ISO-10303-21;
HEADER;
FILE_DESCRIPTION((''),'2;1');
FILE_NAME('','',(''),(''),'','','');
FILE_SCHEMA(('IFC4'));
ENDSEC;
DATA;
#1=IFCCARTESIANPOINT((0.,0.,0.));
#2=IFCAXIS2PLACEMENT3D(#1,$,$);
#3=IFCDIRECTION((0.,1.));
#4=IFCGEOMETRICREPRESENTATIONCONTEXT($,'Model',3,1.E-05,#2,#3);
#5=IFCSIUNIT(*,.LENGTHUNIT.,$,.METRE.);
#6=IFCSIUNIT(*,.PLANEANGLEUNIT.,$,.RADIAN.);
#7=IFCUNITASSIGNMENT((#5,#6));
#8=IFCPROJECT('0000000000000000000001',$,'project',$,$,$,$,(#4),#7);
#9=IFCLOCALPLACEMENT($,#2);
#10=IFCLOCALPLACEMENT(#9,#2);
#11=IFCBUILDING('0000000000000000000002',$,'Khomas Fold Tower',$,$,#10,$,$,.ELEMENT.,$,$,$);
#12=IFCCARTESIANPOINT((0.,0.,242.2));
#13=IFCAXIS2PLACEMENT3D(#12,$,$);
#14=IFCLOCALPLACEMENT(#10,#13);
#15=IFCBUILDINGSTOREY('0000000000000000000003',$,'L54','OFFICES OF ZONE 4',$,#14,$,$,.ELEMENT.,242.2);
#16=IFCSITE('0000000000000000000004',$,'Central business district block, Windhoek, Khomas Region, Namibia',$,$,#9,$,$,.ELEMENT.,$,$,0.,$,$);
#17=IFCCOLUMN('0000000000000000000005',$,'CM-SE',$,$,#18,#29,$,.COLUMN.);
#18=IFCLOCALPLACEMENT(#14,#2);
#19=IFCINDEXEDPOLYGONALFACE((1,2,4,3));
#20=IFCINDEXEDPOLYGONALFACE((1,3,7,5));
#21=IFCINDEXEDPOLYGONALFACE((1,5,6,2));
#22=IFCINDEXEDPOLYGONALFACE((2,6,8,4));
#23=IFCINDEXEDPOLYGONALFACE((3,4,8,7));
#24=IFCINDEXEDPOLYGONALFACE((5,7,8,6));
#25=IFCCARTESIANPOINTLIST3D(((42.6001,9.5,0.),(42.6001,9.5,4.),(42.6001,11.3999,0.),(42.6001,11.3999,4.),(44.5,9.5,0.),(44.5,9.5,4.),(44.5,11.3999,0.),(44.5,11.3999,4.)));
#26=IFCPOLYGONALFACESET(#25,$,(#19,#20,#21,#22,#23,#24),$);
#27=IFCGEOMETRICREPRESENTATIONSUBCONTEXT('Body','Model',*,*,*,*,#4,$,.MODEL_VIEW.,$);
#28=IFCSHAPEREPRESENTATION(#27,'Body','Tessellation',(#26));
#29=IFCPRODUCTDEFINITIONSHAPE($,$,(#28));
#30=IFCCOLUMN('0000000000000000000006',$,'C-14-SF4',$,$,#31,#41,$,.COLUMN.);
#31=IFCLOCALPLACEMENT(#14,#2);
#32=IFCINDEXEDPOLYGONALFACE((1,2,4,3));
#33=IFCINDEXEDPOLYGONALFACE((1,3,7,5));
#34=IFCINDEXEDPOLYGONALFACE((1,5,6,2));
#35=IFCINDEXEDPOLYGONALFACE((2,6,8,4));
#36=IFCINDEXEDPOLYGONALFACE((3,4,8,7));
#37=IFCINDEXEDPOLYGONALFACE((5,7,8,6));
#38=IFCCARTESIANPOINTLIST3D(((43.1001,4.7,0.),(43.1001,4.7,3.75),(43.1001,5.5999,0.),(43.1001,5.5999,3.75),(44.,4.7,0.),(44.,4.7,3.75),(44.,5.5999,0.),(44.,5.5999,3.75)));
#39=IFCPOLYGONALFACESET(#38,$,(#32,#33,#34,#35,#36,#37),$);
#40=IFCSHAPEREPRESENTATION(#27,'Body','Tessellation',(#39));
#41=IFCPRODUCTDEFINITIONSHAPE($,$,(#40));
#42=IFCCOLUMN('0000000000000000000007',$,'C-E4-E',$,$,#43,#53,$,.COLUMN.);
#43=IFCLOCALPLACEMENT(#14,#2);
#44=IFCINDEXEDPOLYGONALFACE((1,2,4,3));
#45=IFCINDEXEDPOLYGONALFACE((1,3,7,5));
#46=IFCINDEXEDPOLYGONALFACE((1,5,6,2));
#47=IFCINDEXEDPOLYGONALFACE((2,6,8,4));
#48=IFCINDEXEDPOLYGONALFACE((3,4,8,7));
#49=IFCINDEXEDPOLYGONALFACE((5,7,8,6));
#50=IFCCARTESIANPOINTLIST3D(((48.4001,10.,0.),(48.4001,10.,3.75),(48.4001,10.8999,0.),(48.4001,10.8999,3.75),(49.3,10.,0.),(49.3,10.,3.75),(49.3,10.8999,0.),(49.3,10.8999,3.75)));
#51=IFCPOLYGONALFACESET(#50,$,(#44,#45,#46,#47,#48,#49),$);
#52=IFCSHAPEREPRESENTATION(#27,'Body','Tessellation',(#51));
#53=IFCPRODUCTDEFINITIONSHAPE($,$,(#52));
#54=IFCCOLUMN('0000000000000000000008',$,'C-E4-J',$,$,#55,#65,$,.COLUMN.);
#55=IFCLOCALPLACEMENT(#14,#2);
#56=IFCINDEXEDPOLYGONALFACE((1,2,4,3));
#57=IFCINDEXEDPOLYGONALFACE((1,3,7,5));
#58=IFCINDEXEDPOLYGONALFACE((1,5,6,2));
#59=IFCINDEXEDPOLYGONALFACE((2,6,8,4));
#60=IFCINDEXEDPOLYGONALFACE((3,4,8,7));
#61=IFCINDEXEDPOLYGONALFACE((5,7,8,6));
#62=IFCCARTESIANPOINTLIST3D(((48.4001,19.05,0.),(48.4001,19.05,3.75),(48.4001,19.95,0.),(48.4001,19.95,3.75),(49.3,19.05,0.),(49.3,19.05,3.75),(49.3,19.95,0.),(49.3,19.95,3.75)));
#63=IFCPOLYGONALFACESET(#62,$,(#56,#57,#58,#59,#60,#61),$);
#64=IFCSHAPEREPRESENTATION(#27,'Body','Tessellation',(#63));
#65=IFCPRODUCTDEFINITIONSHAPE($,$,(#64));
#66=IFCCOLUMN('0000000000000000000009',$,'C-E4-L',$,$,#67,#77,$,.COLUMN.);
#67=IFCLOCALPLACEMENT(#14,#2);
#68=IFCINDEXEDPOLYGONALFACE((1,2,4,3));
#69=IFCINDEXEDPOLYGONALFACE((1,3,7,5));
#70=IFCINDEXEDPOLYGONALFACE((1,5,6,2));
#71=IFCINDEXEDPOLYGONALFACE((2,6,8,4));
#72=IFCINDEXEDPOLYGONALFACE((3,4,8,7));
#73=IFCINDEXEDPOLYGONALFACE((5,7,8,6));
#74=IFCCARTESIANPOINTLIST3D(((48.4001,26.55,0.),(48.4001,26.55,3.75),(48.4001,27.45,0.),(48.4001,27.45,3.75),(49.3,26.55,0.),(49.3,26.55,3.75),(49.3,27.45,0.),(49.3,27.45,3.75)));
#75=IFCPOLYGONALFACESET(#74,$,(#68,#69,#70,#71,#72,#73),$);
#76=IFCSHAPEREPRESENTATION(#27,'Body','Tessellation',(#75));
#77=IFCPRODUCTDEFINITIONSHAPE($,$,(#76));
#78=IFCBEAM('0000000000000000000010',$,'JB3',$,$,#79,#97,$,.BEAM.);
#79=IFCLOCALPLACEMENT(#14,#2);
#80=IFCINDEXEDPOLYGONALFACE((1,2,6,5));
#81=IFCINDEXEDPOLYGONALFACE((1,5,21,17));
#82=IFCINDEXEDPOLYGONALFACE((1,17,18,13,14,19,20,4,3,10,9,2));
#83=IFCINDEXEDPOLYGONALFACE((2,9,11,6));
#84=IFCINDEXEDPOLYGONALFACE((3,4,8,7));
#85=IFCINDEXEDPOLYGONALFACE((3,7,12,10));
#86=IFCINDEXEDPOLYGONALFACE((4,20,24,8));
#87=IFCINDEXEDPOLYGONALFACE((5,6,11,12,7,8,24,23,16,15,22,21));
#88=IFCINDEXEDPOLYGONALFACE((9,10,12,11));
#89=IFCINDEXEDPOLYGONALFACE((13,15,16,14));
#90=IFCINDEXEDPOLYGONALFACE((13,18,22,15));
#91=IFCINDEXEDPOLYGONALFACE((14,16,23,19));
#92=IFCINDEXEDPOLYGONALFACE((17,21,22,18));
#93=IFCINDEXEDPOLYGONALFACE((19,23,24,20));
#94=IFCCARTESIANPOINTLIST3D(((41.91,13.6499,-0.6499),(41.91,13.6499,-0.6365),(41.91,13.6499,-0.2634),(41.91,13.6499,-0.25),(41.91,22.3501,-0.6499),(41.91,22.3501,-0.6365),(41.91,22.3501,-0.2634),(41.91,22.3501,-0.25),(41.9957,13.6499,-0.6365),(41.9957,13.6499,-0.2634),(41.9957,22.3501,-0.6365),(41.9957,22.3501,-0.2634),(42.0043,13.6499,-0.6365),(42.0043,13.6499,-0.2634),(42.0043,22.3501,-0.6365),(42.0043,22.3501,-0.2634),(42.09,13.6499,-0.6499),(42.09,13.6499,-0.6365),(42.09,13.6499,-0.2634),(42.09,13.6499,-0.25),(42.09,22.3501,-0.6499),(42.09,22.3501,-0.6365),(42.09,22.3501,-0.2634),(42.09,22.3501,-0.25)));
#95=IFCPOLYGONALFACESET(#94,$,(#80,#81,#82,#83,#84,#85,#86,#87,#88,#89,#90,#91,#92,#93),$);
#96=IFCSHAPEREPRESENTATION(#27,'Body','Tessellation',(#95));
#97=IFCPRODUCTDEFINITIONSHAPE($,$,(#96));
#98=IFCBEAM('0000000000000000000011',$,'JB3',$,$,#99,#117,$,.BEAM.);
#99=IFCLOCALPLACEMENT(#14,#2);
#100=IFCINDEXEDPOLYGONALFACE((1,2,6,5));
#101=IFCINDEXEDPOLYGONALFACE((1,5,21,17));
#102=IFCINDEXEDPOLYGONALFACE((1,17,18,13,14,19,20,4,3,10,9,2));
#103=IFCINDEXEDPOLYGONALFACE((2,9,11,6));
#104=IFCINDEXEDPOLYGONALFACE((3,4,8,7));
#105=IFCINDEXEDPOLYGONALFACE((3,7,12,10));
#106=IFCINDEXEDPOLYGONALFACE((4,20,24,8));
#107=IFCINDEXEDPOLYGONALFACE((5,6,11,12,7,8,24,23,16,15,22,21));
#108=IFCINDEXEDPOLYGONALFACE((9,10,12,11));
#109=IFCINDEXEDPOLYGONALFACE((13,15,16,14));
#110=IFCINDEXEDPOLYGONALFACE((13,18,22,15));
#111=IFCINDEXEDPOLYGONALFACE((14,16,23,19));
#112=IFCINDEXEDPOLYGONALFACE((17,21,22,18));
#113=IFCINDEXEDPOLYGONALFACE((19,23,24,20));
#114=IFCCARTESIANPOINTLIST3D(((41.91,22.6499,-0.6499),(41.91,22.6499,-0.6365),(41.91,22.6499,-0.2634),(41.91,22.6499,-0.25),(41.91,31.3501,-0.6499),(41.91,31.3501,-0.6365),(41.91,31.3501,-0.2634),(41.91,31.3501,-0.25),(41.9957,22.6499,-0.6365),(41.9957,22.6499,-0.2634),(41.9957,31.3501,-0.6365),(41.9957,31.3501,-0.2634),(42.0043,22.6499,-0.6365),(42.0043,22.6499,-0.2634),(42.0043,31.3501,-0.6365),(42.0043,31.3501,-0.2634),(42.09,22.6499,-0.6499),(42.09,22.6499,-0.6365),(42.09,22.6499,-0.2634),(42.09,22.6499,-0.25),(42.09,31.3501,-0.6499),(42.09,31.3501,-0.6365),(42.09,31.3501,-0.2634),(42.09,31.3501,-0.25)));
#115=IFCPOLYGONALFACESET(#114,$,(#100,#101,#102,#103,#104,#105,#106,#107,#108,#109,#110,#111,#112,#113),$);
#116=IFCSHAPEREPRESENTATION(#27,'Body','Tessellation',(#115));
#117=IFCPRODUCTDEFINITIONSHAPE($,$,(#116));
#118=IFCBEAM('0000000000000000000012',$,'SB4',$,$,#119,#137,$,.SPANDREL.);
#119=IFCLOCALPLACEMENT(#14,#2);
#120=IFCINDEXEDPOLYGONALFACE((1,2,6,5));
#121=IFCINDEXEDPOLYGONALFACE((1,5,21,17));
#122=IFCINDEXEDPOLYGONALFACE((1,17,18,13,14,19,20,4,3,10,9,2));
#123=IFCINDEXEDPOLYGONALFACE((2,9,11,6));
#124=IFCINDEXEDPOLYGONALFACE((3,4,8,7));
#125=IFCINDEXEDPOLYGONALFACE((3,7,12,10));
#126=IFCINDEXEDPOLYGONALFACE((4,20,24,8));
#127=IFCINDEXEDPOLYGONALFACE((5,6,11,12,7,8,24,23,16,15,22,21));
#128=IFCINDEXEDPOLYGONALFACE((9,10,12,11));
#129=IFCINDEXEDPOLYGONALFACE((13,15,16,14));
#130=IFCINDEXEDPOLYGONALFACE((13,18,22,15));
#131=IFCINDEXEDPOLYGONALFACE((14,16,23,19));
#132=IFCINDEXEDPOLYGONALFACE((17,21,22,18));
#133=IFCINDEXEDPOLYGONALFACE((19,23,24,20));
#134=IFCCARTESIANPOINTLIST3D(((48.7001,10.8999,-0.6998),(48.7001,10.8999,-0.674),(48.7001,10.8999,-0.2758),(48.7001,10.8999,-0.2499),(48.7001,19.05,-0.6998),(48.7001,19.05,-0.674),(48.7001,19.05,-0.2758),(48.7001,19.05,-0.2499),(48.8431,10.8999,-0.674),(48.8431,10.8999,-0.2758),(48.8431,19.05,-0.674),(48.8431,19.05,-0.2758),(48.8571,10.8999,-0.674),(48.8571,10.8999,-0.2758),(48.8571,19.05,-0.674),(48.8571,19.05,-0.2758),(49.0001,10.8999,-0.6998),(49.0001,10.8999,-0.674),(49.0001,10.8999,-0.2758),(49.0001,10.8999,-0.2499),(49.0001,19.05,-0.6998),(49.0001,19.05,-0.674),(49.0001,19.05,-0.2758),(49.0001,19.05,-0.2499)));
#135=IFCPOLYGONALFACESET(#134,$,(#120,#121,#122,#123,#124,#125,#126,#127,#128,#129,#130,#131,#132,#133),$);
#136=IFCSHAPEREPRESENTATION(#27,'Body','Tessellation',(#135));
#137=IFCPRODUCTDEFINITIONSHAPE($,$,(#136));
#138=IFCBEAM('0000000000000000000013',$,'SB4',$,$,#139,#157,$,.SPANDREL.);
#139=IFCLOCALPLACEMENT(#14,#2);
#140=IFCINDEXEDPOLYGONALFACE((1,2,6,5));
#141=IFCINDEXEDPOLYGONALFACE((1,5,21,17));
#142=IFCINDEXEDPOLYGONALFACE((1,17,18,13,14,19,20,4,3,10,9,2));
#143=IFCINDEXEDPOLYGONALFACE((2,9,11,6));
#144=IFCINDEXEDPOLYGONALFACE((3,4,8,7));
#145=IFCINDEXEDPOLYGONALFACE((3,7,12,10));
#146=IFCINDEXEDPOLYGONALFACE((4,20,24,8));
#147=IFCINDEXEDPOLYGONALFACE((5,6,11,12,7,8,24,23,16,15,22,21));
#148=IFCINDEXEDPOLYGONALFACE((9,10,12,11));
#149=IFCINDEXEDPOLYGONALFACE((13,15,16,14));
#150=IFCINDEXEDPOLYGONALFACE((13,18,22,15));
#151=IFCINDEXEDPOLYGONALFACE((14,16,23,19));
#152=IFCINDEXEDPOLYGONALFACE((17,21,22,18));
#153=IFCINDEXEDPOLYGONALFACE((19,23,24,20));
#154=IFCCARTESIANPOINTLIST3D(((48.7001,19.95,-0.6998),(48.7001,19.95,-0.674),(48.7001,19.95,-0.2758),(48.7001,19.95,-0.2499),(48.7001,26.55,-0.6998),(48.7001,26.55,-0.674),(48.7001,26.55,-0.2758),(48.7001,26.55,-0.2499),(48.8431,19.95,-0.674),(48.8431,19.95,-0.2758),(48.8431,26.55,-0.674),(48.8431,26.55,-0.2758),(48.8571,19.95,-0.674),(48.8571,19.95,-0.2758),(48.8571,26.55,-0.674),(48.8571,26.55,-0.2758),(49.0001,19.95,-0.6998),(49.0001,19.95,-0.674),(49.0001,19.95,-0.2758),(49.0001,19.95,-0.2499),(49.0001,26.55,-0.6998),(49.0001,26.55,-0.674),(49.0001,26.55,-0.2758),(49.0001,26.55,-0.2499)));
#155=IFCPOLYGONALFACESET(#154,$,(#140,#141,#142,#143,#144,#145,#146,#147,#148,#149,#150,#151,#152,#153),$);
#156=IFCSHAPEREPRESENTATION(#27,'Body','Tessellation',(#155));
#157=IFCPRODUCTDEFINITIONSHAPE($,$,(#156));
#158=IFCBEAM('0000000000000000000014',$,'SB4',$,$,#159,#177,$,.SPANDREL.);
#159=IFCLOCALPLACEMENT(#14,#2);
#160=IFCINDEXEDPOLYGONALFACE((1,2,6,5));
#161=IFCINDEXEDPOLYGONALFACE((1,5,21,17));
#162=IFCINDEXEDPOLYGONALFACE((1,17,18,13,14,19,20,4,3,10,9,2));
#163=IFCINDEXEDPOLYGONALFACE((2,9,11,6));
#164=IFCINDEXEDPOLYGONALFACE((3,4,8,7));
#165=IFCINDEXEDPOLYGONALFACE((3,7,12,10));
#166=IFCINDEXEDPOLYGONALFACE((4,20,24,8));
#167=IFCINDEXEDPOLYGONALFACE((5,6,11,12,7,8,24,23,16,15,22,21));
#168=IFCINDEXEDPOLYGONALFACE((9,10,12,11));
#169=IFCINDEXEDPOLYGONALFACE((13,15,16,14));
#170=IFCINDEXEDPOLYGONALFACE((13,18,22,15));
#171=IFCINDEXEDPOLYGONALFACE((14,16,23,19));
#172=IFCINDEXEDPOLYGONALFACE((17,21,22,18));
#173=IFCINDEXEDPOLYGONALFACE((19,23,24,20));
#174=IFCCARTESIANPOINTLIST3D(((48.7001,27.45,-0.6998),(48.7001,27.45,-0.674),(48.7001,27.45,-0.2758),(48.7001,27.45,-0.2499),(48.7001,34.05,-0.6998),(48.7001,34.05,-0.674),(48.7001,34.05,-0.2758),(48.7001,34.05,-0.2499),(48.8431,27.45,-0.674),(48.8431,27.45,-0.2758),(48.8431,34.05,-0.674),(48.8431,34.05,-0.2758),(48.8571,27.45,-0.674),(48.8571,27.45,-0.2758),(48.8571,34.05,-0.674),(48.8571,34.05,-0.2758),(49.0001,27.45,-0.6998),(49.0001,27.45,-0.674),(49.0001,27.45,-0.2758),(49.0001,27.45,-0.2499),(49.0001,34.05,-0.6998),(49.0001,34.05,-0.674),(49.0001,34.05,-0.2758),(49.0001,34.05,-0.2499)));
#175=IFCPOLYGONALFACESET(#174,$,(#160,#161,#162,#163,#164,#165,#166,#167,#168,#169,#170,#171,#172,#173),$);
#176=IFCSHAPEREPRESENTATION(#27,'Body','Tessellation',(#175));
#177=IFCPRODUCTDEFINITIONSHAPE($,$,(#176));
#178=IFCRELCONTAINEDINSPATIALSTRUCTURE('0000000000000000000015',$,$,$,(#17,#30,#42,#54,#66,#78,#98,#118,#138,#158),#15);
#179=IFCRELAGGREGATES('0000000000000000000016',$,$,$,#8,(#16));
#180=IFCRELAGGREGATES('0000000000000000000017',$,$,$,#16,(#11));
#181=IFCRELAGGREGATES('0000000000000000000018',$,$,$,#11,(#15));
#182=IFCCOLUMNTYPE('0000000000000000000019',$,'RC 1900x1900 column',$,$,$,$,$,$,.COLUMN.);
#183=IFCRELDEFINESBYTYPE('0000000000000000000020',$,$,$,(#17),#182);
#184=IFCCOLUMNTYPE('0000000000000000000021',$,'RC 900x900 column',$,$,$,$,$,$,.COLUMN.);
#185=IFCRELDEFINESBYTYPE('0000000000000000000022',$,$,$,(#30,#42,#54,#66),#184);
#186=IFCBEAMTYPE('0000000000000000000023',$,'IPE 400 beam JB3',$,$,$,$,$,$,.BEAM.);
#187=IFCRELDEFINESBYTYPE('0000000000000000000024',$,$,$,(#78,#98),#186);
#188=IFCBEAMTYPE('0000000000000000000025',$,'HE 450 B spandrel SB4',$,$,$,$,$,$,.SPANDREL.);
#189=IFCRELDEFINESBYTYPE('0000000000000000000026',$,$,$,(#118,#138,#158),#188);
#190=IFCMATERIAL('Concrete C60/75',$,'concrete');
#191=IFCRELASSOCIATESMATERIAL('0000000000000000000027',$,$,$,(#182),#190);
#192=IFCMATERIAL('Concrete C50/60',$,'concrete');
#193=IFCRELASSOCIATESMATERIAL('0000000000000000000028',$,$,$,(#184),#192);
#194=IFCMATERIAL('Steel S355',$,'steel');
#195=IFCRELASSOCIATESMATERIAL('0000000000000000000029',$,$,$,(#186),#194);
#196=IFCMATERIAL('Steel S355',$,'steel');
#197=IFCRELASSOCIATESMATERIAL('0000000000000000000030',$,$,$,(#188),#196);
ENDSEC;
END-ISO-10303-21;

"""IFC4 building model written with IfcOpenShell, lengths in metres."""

from ifc_helpers import new_model, si_unit, direction, frame, origin, origin_2d, place, context, subcontext, project, spatial, rectangle, i_section, extrude, source, transform, mapped, material, material_profile, profile_set, type_object, element, save


model = new_model("IFC4")

# Units and contexts
model_context = context("Model", 3, precision=1e-05, world=origin(), true_north=direction((0.0, 1.0)))
body_context = subcontext(model_context, "Body", "Model", "MODEL_VIEW")
ifc_project = project(units=[si_unit("LENGTHUNIT", "METRE"), si_unit("PLANEANGLEUNIT", "RADIAN")], contexts=[model_context])

# Site, building, storey
site_placement = place(None, origin())
site = spatial("IfcSite", under=ifc_project, at=site_placement, Name="Central business district block, Windhoek, Khomas Region, Namibia", CompositionType="ELEMENT", RefElevation=0.0)
building_placement = place(site_placement, origin())
building = spatial("IfcBuilding", under=site, at=building_placement, Name="Khomas Fold Tower", CompositionType="ELEMENT")
storey_placement = place(building_placement, frame((0.0, 0.0, 242.2)))
storey = spatial("IfcBuildingStorey", under=building, at=storey_placement, Name="L54", Description="OFFICES OF ZONE 4", CompositionType="ELEMENT", Elevation=242.2)

# Columns
ifc_material_1 = material(Name="Concrete C60/75", Category="concrete")
ifc_material_profile_1 = material_profile(ifc_material_1, rectangle(XDim=1.8999, YDim=1.8999, at=origin_2d()), Name="RC 1900x1900")
ifc_profile_set_1 = profile_set([ifc_material_profile_1], Name="Concrete C60/75")
column_type_1 = type_object("IfcColumnType", Name="RC 1900x1900 column", PredefinedType="COLUMN", material=ifc_profile_set_1)
shared_shape_1 = source(origin(), body_context, "Body", "SweptSolid", [
    extrude(rectangle(XDim=1.8999, YDim=1.8999, at=origin_2d()), origin(), (0.0, 0.0, 1.0), 4.0),
])
column_placement = place(storey_placement, frame((43.55, 10.45, 0.0), z_axis=(0.0, 0.0, 1.0), x_axis=(1.0, 0.0, 0.0)))
element("IfcColumn", 1, at=column_placement, inside=storey, type_object=column_type_1, Name="CM-SE", PredefinedType="COLUMN", context=body_context, shape_type="MappedRepresentation", body=[
    mapped(shared_shape_1, transform((0.0, 0.0, 0.0))),
])
ifc_material_2 = material(Name="Concrete C50/60", Category="concrete")
ifc_material_profile_2 = material_profile(ifc_material_2, rectangle(XDim=0.8999, YDim=0.8999, at=origin_2d()), Name="RC 900x900")
ifc_profile_set_2 = profile_set([ifc_material_profile_2], Name="Concrete C50/60")
column_type_2 = type_object("IfcColumnType", Name="RC 900x900 column", PredefinedType="COLUMN", material=ifc_profile_set_2)
shared_shape_2 = source(origin(), body_context, "Body", "SweptSolid", [
    extrude(rectangle(XDim=0.8999, YDim=0.8999, at=origin_2d()), origin(), (0.0, 0.0, 1.0), 3.75),
])
for number, where, z_axis, x_axis, name in (
    (2, (43.55, 5.1499, 0.0), (0.0, 0.0, 1.0), (1.0, 0.0, 0.0), "C-14-SF4"),
    (3, (48.8501, 10.45, 0.0), (0.0, 0.0, 1.0), (1.0, 0.0, 0.0), "C-E4-E"),
    (4, (48.8501, 19.5, 0.0), (0.0, 0.0, 1.0), (1.0, 0.0, 0.0), "C-E4-J"),
    (5, (48.8501, 27.0, 0.0), (0.0, 0.0, 1.0), (1.0, 0.0, 0.0), "C-E4-L"),
):
    element("IfcColumn", number, at=place(storey_placement, frame(where, z_axis=z_axis, x_axis=x_axis)), inside=storey, type_object=column_type_2, Name=name, PredefinedType="COLUMN", context=body_context, shape_type="MappedRepresentation", body=[
        mapped(shared_shape_2, transform((0.0, 0.0, 0.0))),
    ])

# Beams
ifc_material_3 = material(Name="Steel S355", Category="steel")
ifc_material_profile_3 = material_profile(ifc_material_3, i_section(OverallWidth=0.1799, OverallDepth=0.3999, WebThickness=0.0085, FlangeThickness=0.0134, at=origin_2d()), Name="IPE 400")
ifc_profile_set_3 = profile_set([ifc_material_profile_3], Name="Steel S355")
beam_type_1 = type_object("IfcBeamType", Name="IPE 400 beam JB3", PredefinedType="BEAM", material=ifc_profile_set_3)
shared_shape_3 = source(origin(), body_context, "Body", "SweptSolid", [
    extrude(i_section(OverallWidth=0.1799, OverallDepth=0.3999, WebThickness=0.0085, FlangeThickness=0.0134, at=origin_2d()), origin(), (0.0, 0.0, 1.0), 8.7002),
])
for number, where, z_axis, x_axis, name in (
    (6, (42.0, 13.6499, -0.45), (0.0, 1.0, 0.0), (-1.0, 0.0, 0.0), "JB3"),
    (7, (42.0, 22.6499, -0.45), (0.0, 1.0, 0.0), (-1.0, 0.0, 0.0), "JB3"),
):
    element("IfcBeam", number, at=place(storey_placement, frame(where, z_axis=z_axis, x_axis=x_axis)), inside=storey, type_object=beam_type_1, Name=name, PredefinedType="BEAM", context=body_context, shape_type="MappedRepresentation", body=[
        mapped(shared_shape_3, transform((0.0, 0.0, 0.0))),
    ])
ifc_material_4 = material(Name="Steel S355", Category="steel")
ifc_material_profile_4 = material_profile(ifc_material_4, i_section(OverallWidth=0.3, OverallDepth=0.45, WebThickness=0.0139, FlangeThickness=0.0259, at=origin_2d()), Name="HE 450 B")
ifc_profile_set_4 = profile_set([ifc_material_profile_4], Name="Steel S355")
beam_type_2 = type_object("IfcBeamType", Name="HE 450 B spandrel SB4", PredefinedType="SPANDREL", material=ifc_profile_set_4)
shared_shape_4 = source(origin(), body_context, "Body", "SweptSolid", [
    extrude(i_section(OverallWidth=0.3, OverallDepth=0.45, WebThickness=0.0139, FlangeThickness=0.0259, at=origin_2d()), origin(), (0.0, 0.0, 1.0), 8.1501),
])
beam_1_placement = place(storey_placement, frame((48.8501, 10.8999, -0.4749), z_axis=(0.0, 1.0, 0.0), x_axis=(-1.0, 0.0, 0.0)))
element("IfcBeam", 8, at=beam_1_placement, inside=storey, type_object=beam_type_2, Name="SB4", PredefinedType="SPANDREL", context=body_context, shape_type="MappedRepresentation", body=[
    mapped(shared_shape_4, transform((0.0, 0.0, 0.0))),
])
shared_shape_5 = source(origin(), body_context, "Body", "SweptSolid", [
    extrude(i_section(OverallWidth=0.3, OverallDepth=0.45, WebThickness=0.0139, FlangeThickness=0.0259, at=origin_2d()), origin(), (0.0, 0.0, 1.0), 6.6001),
])
for number, where, z_axis, x_axis, name in (
    (9, (48.8501, 19.95, -0.4749), (0.0, 1.0, 0.0), (-1.0, 0.0, 0.0), "SB4"),
    (10, (48.8501, 27.45, -0.4749), (0.0, 1.0, 0.0), (-1.0, 0.0, 0.0), "SB4"),
):
    element("IfcBeam", number, at=place(storey_placement, frame(where, z_axis=z_axis, x_axis=x_axis)), inside=storey, type_object=beam_type_2, Name=name, PredefinedType="SPANDREL", context=body_context, shape_type="MappedRepresentation", body=[
        mapped(shared_shape_5, transform((0.0, 0.0, 0.0))),
    ])

save(model, "model.ifc")
